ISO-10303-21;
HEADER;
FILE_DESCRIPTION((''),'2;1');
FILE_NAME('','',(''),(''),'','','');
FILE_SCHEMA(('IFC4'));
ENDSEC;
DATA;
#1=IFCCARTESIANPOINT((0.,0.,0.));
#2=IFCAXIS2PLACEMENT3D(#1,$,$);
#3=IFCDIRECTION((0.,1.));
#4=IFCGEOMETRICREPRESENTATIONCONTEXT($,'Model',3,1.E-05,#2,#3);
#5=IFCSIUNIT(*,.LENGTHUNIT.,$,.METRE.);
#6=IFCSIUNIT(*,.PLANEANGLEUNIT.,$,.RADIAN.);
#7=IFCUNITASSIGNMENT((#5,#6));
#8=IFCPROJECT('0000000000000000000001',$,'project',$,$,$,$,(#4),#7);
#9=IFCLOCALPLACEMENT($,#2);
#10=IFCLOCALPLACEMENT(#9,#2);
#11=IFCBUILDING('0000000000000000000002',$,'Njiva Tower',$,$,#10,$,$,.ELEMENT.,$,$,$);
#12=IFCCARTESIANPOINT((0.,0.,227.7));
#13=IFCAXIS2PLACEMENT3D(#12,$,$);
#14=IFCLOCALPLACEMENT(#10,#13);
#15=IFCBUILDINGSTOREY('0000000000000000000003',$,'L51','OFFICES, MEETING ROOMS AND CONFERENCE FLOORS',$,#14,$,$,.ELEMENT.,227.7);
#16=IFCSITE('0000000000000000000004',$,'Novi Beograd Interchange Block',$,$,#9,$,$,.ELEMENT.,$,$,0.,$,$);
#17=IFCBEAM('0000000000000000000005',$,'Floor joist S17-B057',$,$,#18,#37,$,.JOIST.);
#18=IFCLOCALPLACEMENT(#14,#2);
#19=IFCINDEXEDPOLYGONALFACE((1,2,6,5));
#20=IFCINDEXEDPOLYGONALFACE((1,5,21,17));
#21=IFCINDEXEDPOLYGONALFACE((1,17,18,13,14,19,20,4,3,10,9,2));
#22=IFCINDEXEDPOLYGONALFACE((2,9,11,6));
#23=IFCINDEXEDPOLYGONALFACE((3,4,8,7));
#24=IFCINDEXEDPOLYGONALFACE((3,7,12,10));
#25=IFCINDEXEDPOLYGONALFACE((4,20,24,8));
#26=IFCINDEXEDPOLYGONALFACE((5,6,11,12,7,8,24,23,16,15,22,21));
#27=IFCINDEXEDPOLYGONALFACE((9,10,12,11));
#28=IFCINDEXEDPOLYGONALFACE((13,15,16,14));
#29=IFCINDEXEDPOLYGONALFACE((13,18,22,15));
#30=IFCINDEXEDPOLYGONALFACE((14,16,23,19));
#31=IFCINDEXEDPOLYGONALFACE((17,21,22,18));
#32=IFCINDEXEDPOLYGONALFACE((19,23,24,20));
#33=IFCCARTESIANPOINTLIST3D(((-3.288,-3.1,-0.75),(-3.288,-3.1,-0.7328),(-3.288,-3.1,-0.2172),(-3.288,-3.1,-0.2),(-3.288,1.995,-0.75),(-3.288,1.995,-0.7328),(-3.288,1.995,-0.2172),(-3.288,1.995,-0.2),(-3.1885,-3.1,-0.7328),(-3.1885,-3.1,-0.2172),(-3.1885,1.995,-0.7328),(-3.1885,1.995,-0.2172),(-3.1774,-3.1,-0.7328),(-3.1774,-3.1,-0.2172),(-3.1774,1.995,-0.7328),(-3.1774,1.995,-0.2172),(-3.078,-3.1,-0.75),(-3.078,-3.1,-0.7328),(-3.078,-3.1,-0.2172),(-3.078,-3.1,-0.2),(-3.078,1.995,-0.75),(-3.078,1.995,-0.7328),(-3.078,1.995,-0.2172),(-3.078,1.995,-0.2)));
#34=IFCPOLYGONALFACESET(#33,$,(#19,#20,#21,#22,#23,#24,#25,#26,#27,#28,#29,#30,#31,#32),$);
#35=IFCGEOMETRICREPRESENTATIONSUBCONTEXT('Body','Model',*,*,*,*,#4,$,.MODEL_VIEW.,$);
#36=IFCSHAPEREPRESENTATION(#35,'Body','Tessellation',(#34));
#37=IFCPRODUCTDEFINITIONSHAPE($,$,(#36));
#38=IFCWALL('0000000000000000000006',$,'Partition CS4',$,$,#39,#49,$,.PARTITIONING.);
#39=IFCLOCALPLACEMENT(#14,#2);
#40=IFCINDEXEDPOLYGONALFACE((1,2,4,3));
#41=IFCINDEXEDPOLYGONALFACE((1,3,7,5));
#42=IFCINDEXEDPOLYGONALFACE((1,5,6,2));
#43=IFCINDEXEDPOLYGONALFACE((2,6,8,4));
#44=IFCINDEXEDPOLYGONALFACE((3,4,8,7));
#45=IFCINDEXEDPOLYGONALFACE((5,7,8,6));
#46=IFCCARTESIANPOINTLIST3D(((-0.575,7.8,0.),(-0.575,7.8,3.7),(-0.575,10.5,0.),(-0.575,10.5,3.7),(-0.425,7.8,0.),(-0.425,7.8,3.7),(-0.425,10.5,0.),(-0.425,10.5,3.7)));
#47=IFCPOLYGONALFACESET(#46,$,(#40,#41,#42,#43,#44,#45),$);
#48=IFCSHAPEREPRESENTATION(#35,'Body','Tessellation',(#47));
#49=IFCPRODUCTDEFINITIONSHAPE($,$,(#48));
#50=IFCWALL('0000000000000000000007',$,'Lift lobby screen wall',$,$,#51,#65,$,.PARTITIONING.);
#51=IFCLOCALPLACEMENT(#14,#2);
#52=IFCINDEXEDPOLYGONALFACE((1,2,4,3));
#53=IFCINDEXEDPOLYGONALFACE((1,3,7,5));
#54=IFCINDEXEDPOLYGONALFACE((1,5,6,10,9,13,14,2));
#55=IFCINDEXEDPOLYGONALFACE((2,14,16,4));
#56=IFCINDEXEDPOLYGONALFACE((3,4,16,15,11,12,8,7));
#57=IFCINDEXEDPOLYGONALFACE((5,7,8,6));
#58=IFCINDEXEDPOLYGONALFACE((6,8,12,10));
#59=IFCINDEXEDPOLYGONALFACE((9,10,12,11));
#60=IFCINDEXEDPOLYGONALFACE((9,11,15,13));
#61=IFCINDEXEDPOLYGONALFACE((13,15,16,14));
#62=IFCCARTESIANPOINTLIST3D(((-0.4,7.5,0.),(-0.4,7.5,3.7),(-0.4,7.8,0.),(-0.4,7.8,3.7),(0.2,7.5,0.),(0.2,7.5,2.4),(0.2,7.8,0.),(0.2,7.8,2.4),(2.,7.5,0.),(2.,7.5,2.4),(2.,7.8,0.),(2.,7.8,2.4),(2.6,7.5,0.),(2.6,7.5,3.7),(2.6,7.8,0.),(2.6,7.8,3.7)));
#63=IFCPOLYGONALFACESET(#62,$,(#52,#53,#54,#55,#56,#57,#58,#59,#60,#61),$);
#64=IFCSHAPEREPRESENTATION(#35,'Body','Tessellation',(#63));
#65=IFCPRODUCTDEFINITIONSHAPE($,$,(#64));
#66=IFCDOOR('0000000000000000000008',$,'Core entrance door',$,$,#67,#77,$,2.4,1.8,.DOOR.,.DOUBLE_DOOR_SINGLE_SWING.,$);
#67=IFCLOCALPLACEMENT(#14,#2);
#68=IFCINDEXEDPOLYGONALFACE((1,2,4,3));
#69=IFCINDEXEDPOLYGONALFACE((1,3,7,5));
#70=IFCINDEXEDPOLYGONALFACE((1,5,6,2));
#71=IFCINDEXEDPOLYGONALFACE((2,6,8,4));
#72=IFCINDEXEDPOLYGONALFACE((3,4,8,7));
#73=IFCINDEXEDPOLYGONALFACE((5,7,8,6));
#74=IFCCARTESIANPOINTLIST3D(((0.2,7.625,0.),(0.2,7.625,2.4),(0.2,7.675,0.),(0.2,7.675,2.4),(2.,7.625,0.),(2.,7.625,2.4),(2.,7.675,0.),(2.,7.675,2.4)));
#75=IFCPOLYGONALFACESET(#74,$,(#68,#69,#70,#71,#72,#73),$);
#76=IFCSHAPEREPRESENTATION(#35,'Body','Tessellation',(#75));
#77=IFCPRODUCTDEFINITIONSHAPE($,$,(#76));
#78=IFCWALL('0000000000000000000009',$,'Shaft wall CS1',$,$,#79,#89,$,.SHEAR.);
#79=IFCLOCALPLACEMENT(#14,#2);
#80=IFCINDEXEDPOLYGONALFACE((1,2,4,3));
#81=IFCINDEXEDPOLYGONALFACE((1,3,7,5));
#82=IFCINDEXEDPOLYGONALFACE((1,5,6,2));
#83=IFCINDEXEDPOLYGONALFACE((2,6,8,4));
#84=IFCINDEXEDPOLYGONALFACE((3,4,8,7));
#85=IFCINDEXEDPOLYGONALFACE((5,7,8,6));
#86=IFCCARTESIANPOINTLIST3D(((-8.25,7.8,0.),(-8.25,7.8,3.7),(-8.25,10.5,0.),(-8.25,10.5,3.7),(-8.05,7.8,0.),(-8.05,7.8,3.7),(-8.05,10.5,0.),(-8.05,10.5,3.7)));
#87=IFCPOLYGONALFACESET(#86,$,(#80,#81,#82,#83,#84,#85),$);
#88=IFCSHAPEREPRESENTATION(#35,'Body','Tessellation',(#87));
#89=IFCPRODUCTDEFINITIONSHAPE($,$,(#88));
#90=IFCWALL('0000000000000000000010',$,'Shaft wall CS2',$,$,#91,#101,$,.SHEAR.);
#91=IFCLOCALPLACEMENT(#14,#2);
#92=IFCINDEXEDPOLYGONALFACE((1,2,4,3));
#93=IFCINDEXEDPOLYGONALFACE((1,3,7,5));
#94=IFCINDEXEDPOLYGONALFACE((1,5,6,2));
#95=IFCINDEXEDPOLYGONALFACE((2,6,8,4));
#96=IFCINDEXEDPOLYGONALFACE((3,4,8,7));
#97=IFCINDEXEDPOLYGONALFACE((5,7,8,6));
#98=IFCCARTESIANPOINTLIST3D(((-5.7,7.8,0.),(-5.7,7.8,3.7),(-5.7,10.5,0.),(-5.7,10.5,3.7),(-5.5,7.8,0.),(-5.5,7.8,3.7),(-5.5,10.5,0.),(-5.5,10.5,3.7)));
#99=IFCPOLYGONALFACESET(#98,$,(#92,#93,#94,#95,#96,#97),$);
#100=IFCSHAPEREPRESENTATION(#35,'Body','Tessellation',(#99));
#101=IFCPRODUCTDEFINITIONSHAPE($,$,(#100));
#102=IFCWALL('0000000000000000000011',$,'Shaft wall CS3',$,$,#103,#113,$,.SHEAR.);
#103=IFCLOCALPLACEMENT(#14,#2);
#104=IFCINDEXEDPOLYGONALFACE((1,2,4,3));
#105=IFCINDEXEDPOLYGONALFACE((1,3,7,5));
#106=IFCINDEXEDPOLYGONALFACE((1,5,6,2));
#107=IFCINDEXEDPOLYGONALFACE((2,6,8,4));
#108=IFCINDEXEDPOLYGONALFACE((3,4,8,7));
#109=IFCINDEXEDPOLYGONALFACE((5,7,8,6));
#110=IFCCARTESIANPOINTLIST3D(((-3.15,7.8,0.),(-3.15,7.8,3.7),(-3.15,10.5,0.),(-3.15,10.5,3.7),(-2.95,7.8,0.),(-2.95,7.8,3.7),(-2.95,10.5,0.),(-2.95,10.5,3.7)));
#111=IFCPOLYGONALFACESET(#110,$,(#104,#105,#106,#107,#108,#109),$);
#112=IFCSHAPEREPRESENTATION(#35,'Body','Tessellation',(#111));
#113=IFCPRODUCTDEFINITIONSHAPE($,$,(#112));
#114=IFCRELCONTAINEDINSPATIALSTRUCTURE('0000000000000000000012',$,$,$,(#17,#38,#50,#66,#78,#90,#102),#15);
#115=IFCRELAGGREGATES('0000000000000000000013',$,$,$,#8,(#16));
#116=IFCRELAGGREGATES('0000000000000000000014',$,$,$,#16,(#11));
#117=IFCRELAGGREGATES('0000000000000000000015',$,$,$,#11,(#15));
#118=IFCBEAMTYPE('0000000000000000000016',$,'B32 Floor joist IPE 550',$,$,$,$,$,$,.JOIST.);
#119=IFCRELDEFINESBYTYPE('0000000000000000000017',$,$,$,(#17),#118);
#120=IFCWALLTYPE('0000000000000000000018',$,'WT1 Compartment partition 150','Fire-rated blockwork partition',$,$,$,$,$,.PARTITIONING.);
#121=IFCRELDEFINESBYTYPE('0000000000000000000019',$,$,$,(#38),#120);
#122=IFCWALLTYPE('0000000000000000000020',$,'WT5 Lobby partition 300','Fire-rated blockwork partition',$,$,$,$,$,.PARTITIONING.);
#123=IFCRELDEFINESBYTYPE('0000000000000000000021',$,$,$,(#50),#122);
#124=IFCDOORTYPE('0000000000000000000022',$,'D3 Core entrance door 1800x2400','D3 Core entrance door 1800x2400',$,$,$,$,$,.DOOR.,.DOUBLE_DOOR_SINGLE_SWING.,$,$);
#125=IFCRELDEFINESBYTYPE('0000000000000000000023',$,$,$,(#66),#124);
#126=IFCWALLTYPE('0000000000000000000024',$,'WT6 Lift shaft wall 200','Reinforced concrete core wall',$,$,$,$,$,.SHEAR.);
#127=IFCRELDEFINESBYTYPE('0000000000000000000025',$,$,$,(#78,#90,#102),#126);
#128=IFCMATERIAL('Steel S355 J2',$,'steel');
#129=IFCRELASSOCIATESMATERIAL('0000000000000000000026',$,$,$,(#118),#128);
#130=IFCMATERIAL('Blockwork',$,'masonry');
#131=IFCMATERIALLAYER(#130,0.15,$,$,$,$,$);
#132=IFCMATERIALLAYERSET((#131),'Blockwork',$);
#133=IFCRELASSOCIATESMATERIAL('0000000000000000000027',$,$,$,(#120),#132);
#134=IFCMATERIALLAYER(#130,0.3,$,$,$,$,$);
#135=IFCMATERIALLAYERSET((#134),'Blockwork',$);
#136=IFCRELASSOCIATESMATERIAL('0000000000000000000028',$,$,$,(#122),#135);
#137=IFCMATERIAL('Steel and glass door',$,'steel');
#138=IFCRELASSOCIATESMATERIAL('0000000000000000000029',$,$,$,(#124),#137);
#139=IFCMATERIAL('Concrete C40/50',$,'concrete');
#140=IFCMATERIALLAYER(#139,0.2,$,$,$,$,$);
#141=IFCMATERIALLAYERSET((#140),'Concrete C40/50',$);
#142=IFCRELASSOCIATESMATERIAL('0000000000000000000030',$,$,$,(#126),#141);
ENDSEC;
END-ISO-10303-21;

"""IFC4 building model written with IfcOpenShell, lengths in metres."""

from ifc_helpers import new_model, si_unit, direction, frame, frame_2d, origin, origin_2d, place, context, subcontext, project, spatial, rectangle, i_section, extrude, material, layer, layer_set, material_profile, profile_set, type_object, element, fill, save


model = new_model("IFC4")

# Units and contexts
model_context = context("Model", 3, precision=1e-05, world=origin(), true_north=direction((0.0, 1.0)))
body_context = subcontext(model_context, "Body", "Model", "MODEL_VIEW")
ifc_project = project(units=[si_unit("LENGTHUNIT", "METRE"), si_unit("PLANEANGLEUNIT", "RADIAN")], contexts=[model_context])

# Site, building, storey
site_placement = place(None, origin())
site = spatial("IfcSite", under=ifc_project, at=site_placement, Name="Novi Beograd Interchange Block", CompositionType="ELEMENT", RefElevation=0.0)
building_placement = place(site_placement, origin())
building = spatial("IfcBuilding", under=site, at=building_placement, Name="Njiva Tower", CompositionType="ELEMENT")
storey_placement = place(building_placement, frame((0.0, 0.0, 227.7)))
storey = spatial("IfcBuildingStorey", under=building, at=storey_placement, Name="L51", Description="OFFICES, MEETING ROOMS AND CONFERENCE FLOORS", CompositionType="ELEMENT", Elevation=227.7)

# Beam
ifc_material_1 = material(Name="Steel S355 J2", Category="steel")
ifc_material_profile = material_profile(ifc_material_1, i_section(OverallWidth=0.21, OverallDepth=0.55, WebThickness=0.0111, FlangeThickness=0.0172, at=origin_2d()), Name="IPE 550")
ifc_profile_set = profile_set([ifc_material_profile], Name="Steel S355 J2")
beam_type = type_object("IfcBeamType", Name="B32 Floor joist IPE 550", PredefinedType="JOIST", material=ifc_profile_set)
beam_placement = place(storey_placement, frame((-3.183, 1.995, -0.475), z_axis=(0.0, -1.0, 0.0), x_axis=(1.0, 0.0, 0.0)))
element("IfcBeam", 1, at=beam_placement, inside=storey, type_object=beam_type, Name="Floor joist S17-B057", PredefinedType="JOIST", context=body_context, shape_type="SweptSolid", body=[
    extrude(i_section(OverallWidth=0.21, OverallDepth=0.55, WebThickness=0.0111, FlangeThickness=0.0172, at=origin_2d()), origin(), (0.0, 0.0, 1.0), 5.095),
])

# Wall
ifc_material_2 = material(Name="Blockwork", Category="masonry")
ifc_layer_1 = layer(ifc_material_2, 0.15)
ifc_layer_set_1 = layer_set([ifc_layer_1], Name="Blockwork")
wall_type_1 = type_object("IfcWallType", Name="WT1 Compartment partition 150", Description="Fire-rated blockwork partition", PredefinedType="PARTITIONING", material=ifc_layer_set_1)
wall_1_placement = place(storey_placement, frame((-0.5, 7.8, 0.0), z_axis=(0.0, 0.0, 1.0), x_axis=(0.0, 1.0, 0.0)))
element("IfcWall", 2, at=wall_1_placement, inside=storey, type_object=wall_type_1, Name="Partition CS4", PredefinedType="PARTITIONING", context=body_context, shape_type="SweptSolid", body=[
    extrude(rectangle(XDim=2.7, YDim=0.15, at=frame_2d((1.35, 0.0))), origin(), (0.0, 0.0, 1.0), 3.7),
])

# Wall, opening, door
ifc_layer_2 = layer(ifc_material_2, 0.3)
ifc_layer_set_2 = layer_set([ifc_layer_2], Name="Blockwork")
wall_type_2 = type_object("IfcWallType", Name="WT5 Lobby partition 300", Description="Fire-rated blockwork partition", PredefinedType="PARTITIONING", material=ifc_layer_set_2)
wall_2_placement = place(storey_placement, frame((-0.4, 7.65, 0.0), z_axis=(0.0, 0.0, 1.0), x_axis=(1.0, 0.0, 0.0)))
wall_2 = element("IfcWall", 3, at=wall_2_placement, inside=storey, type_object=wall_type_2, Name="Lift lobby screen wall", PredefinedType="PARTITIONING", context=body_context, shape_type="SweptSolid", body=[
    extrude(rectangle(XDim=3.0, YDim=0.3, at=frame_2d((1.5, 0.0))), origin(), (0.0, 0.0, 1.0), 3.7),
])
opening_1_placement = place(wall_2_placement, frame((0.6, 0.0, 0.0)))
opening_1 = element("IfcOpeningElement", 4, at=opening_1_placement, cuts=wall_2, PredefinedType="OPENING", context=body_context, shape_type="SweptSolid", body=[
    extrude(rectangle(XDim=1.8, YDim=2.4, at=frame_2d((0.9, 1.2))), frame((0.0, 0.16, 0.0), z_axis=(0.0, -1.0, 0.0), x_axis=(1.0, 0.0, 0.0)), (0.0, 0.0, 1.0), 0.32),
])
ifc_material_3 = material(Name="Steel and glass door", Category="steel")
door_type_1 = type_object("IfcDoorType", Name="D3 Core entrance door 1800x2400", Description="D3 Core entrance door 1800x2400", OperationType="DOUBLE_DOOR_SINGLE_SWING", PredefinedType="DOOR", material=ifc_material_3)
door_1_placement = place(opening_1_placement, origin())
door_1 = element("IfcDoor", 5, at=door_1_placement, inside=storey, type_object=door_type_1, Name="Core entrance door", OperationType="DOUBLE_DOOR_SINGLE_SWING", OverallHeight=2.4, OverallWidth=1.8, PredefinedType="DOOR", context=body_context, shape_type="SweptSolid", body=[
    extrude(rectangle(XDim=1.8, YDim=2.4, at=frame_2d((0.9, 1.2))), frame((0.0, 0.025, 0.0), z_axis=(0.0, -1.0, 0.0), x_axis=(1.0, 0.0, 0.0)), (0.0, 0.0, 1.0), 0.05),
])
fill(opening_1, door_1)

# Walls
ifc_material_4 = material(Name="Concrete C40/50", Category="concrete")
ifc_layer_3 = layer(ifc_material_4, 0.2)
ifc_layer_set_3 = layer_set([ifc_layer_3], Name="Concrete C40/50")
wall_type_3 = type_object("IfcWallType", Name="WT6 Lift shaft wall 200", Description="Reinforced concrete core wall", PredefinedType="SHEAR", material=ifc_layer_set_3)
for number, where, z_axis, x_axis, name in (
    (6, (-8.15, 7.8, 0.0), (0.0, 0.0, 1.0), (0.0, 1.0, 0.0), "Shaft wall CS1"),
    (7, (-5.6, 7.8, 0.0), (0.0, 0.0, 1.0), (0.0, 1.0, 0.0), "Shaft wall CS2"),
    (8, (-3.05, 7.8, 0.0), (0.0, 0.0, 1.0), (0.0, 1.0, 0.0), "Shaft wall CS3"),
):
    element("IfcWall", number, at=place(storey_placement, frame(where, z_axis=z_axis, x_axis=x_axis)), inside=storey, type_object=wall_type_3, Name=name, PredefinedType="SHEAR", context=body_context, shape_type="SweptSolid", body=[
        extrude(rectangle(XDim=2.7, YDim=0.2, at=frame_2d((1.35, 0.0))), origin(), (0.0, 0.0, 1.0), 3.7),
    ])

save(model, "model.ifc")
